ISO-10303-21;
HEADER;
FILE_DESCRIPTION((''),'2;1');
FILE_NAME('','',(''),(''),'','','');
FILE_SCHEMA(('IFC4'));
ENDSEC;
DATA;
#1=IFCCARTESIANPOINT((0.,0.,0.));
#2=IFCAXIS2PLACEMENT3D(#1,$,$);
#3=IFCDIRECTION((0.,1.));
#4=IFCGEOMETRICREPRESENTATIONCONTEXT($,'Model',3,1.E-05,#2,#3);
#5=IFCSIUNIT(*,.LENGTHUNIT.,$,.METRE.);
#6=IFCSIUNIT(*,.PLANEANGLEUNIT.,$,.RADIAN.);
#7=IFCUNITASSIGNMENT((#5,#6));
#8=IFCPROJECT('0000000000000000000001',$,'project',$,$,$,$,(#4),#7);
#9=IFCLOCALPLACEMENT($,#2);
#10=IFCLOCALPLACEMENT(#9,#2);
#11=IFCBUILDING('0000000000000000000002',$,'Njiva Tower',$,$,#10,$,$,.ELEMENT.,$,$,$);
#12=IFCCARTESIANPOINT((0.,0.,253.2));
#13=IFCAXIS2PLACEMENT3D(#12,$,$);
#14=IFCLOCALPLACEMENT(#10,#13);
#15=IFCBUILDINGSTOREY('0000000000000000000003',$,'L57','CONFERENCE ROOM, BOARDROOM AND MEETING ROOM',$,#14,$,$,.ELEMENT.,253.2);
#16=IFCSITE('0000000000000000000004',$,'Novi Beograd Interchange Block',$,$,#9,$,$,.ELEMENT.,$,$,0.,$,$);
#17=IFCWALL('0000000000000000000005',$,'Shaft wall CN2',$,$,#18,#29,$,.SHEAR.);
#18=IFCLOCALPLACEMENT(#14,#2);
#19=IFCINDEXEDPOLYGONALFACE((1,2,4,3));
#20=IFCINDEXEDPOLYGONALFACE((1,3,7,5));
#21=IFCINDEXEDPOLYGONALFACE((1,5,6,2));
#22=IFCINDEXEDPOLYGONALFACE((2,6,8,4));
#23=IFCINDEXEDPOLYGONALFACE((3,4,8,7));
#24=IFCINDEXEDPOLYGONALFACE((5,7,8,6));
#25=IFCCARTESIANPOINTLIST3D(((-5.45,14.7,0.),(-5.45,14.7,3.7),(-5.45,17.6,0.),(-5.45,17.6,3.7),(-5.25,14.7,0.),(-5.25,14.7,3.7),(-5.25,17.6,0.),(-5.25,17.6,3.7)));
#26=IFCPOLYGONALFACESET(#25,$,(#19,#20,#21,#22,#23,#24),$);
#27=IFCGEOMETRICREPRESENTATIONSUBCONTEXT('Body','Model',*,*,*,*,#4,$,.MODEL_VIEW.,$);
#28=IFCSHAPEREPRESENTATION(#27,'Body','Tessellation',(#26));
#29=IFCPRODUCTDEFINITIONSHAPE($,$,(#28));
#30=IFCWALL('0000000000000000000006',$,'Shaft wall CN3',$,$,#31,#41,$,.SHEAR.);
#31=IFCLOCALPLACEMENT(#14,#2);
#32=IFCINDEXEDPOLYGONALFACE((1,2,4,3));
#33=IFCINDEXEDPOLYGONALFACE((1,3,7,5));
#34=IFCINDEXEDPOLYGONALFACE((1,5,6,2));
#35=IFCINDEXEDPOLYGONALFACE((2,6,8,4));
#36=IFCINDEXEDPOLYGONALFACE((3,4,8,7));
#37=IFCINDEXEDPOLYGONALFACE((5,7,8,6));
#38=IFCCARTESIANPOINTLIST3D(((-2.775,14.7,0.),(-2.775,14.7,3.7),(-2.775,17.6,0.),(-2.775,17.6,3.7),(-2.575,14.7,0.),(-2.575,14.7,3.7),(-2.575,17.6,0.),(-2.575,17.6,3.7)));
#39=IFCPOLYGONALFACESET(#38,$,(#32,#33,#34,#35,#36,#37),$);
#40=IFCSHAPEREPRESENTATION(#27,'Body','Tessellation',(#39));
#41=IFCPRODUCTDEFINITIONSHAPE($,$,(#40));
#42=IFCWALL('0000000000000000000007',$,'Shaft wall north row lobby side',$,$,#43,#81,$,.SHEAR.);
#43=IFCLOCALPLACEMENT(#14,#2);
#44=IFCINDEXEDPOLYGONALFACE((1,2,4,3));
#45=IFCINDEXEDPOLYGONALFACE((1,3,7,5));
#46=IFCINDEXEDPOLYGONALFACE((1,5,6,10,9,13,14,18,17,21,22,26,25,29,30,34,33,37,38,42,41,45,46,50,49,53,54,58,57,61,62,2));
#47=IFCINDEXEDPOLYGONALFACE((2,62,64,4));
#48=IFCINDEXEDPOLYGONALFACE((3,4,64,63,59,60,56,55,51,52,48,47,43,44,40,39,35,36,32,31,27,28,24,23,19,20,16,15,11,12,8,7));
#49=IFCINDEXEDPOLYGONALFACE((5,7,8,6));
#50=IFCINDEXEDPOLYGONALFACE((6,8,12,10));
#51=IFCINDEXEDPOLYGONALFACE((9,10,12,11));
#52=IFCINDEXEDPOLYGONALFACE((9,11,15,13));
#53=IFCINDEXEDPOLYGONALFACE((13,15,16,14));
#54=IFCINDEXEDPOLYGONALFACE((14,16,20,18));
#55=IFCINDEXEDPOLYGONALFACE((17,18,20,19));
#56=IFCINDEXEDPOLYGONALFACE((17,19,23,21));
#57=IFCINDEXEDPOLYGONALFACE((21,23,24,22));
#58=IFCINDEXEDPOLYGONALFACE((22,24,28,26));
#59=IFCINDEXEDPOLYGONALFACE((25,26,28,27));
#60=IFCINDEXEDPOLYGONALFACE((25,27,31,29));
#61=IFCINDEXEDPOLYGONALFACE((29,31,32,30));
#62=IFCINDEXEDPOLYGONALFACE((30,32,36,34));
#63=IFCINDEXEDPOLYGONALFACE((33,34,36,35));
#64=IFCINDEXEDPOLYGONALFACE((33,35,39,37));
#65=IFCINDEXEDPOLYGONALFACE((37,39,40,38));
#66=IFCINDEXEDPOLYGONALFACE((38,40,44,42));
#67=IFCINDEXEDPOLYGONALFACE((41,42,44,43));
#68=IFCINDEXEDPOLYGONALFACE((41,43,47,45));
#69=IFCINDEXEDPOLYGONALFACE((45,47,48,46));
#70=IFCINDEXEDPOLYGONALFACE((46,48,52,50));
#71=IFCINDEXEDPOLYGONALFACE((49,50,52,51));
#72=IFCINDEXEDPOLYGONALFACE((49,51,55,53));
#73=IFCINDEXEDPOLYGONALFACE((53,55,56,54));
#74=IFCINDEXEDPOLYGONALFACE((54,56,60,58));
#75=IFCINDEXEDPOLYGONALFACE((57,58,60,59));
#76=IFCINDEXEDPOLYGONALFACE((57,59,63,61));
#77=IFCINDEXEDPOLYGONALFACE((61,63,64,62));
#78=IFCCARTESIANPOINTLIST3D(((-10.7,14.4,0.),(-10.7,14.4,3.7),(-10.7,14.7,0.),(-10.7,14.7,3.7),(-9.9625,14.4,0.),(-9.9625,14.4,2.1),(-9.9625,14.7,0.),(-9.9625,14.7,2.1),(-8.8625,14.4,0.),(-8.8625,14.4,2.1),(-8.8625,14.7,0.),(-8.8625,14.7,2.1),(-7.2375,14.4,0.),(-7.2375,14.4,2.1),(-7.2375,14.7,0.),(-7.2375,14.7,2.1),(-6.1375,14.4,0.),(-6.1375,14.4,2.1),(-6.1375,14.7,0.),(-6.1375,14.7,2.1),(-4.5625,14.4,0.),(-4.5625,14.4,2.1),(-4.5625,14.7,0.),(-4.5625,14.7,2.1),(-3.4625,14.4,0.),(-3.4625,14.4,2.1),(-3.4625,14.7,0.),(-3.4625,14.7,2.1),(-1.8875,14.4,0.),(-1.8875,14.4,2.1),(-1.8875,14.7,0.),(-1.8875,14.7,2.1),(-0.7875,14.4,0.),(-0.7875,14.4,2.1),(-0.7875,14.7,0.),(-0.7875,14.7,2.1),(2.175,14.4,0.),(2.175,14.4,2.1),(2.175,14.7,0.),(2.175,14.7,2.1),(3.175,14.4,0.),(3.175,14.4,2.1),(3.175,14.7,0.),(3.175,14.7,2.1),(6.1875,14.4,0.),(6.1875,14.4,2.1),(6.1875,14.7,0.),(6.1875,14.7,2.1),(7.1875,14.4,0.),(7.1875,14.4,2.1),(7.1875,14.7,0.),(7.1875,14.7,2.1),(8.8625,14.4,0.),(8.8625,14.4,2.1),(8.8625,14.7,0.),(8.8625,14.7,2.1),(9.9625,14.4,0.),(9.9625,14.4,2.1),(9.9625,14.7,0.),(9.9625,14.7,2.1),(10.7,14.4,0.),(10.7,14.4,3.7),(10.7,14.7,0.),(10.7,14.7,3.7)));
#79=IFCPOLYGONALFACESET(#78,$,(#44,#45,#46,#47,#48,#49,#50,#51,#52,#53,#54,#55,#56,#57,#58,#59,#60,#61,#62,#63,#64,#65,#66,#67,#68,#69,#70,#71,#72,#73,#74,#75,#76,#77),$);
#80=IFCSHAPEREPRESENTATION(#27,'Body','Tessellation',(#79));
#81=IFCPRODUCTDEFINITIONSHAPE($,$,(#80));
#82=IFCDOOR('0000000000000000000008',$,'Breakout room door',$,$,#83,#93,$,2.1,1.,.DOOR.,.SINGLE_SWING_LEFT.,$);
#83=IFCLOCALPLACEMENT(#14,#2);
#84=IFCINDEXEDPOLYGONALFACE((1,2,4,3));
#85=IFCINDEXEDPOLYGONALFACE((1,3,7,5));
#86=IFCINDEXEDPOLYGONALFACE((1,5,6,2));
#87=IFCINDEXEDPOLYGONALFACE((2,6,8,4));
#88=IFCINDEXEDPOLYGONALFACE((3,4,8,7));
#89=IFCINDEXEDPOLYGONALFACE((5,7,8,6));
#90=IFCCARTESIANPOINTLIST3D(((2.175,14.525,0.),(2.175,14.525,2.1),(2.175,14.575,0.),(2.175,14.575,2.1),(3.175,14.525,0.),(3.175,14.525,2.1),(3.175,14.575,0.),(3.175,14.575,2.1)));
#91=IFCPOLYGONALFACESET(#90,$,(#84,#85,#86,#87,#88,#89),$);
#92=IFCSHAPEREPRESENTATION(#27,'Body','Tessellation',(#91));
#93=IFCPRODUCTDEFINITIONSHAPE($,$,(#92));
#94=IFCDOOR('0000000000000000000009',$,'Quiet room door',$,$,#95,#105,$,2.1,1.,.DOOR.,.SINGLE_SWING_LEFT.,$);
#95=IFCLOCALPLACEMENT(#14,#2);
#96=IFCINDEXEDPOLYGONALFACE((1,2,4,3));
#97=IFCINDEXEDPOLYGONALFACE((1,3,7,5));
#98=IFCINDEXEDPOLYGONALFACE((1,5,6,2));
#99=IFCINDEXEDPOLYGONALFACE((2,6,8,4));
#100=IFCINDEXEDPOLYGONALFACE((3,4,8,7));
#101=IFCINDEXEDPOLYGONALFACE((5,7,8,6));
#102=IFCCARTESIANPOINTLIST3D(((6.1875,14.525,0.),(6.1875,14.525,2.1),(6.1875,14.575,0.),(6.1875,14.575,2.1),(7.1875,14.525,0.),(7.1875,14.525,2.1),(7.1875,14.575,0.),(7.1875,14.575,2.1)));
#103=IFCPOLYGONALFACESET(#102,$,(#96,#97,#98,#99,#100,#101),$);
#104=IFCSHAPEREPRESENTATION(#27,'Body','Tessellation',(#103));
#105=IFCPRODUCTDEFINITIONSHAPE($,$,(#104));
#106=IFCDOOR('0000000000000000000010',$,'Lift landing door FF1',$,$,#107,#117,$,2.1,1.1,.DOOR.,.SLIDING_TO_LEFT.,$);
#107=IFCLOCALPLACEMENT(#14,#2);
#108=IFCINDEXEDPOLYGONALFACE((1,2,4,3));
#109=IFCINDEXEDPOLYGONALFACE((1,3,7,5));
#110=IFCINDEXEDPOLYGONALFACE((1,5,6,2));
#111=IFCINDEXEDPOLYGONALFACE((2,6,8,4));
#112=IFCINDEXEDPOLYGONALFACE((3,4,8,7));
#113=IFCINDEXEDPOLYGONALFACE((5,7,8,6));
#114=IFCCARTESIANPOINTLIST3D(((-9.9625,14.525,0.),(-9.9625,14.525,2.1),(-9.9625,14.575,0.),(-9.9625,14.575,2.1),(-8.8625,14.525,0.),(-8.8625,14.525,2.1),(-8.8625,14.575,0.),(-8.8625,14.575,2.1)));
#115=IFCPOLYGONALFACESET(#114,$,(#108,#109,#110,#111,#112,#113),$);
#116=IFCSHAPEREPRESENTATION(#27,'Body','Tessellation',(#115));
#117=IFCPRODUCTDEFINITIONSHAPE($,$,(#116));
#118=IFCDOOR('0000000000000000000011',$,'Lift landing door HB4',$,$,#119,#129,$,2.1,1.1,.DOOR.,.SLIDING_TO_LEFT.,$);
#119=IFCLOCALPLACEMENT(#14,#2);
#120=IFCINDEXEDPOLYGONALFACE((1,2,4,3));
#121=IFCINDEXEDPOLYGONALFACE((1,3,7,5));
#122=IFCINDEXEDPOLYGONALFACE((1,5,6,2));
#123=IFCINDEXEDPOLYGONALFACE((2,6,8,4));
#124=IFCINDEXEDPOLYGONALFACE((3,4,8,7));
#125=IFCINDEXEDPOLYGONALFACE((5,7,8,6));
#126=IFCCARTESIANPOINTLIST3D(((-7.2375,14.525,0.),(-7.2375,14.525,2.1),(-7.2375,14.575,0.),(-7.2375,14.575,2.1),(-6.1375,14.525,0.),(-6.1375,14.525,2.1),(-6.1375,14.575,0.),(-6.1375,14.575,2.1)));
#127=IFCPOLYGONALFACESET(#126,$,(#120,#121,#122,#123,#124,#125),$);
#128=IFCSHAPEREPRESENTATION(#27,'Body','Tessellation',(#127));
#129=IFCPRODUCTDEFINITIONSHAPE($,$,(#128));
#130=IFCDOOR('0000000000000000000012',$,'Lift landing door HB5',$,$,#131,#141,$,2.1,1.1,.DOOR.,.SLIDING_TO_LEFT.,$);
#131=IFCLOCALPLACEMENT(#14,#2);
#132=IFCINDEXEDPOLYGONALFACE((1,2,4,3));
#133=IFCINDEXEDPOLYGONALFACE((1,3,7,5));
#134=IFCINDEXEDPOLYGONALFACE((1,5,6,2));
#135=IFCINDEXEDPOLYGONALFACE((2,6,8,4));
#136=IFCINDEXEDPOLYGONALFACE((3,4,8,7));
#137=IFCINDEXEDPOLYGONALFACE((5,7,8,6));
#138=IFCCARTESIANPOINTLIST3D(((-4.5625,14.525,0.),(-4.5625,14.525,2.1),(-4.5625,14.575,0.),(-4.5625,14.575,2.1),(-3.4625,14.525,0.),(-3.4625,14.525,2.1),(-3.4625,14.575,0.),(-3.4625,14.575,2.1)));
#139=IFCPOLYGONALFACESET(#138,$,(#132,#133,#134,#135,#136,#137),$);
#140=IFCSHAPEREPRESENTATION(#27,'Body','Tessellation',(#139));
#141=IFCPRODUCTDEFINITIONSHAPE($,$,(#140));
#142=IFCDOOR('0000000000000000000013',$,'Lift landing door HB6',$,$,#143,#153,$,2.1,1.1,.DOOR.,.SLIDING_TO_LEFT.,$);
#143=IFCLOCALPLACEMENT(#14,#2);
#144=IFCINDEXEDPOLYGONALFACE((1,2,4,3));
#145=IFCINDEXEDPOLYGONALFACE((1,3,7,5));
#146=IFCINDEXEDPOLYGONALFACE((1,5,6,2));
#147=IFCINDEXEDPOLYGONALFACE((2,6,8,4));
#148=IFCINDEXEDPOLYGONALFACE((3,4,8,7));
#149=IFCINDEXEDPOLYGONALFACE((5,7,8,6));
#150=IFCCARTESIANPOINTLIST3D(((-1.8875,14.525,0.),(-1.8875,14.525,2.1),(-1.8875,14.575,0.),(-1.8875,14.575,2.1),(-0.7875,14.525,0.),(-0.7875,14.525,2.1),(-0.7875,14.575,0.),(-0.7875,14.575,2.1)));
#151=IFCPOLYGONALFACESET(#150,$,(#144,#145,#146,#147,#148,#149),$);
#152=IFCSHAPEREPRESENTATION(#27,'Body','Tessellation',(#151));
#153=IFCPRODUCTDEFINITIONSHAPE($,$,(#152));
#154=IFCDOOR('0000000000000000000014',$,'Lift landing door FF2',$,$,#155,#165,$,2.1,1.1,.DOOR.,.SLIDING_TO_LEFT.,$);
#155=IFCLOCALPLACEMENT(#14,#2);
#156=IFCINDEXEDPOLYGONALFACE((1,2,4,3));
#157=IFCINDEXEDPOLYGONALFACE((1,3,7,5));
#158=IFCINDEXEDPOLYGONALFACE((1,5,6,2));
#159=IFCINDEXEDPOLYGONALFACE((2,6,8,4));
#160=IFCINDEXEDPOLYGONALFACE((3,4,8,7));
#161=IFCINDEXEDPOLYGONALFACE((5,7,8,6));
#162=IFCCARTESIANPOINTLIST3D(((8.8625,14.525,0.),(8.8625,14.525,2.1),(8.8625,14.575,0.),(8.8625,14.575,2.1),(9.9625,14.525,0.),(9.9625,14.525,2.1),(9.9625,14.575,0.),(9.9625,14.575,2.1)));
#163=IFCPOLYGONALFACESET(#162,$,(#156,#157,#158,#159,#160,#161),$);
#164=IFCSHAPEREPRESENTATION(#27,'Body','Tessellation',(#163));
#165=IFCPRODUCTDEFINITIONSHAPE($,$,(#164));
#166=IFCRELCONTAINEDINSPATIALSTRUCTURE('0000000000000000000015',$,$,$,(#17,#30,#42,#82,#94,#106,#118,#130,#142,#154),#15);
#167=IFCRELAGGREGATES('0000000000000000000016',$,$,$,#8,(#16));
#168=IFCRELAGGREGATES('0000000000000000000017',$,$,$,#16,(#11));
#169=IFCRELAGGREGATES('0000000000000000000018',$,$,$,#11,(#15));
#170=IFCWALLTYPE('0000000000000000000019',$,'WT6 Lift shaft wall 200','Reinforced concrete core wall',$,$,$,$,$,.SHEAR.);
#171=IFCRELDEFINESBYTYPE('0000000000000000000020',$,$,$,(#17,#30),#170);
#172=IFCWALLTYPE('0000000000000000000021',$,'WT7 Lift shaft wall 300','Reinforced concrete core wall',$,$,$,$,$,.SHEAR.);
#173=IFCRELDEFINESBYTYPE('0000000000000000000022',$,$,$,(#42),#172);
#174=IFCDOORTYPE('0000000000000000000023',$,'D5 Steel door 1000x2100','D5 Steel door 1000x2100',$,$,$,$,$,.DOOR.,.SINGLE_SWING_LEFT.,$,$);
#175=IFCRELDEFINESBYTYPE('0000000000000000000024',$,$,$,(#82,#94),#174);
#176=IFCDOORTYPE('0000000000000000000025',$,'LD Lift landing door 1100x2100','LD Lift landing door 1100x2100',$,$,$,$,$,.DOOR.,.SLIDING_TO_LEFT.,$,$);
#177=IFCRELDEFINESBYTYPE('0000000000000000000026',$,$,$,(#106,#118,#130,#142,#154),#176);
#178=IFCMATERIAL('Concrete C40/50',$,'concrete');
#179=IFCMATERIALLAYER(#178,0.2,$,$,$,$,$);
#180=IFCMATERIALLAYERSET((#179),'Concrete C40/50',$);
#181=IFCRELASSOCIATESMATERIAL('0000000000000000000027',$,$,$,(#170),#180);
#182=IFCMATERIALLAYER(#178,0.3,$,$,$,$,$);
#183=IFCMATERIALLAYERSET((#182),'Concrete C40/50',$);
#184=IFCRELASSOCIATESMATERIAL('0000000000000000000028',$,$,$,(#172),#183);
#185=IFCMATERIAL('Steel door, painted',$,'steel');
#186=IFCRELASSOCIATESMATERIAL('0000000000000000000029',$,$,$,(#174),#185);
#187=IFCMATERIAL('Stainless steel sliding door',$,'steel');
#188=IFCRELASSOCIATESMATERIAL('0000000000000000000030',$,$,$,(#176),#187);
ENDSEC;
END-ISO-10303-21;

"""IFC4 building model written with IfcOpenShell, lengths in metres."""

from ifc_helpers import new_model, si_unit, direction, frame, frame_2d, origin, place, context, subcontext, project, spatial, rectangle, extrude, material, layer, layer_set, type_object, element, fill, save


model = new_model("IFC4")

# Units and contexts
model_context = context("Model", 3, precision=1e-05, world=origin(), true_north=direction((0.0, 1.0)))
body_context = subcontext(model_context, "Body", "Model", "MODEL_VIEW")
ifc_project = project(units=[si_unit("LENGTHUNIT", "METRE"), si_unit("PLANEANGLEUNIT", "RADIAN")], contexts=[model_context])

# Site, building, storey
site_placement = place(None, origin())
site = spatial("IfcSite", under=ifc_project, at=site_placement, Name="Novi Beograd Interchange Block", CompositionType="ELEMENT", RefElevation=0.0)
building_placement = place(site_placement, origin())
building = spatial("IfcBuilding", under=site, at=building_placement, Name="Njiva Tower", CompositionType="ELEMENT")
storey_placement = place(building_placement, frame((0.0, 0.0, 253.2)))
storey = spatial("IfcBuildingStorey", under=building, at=storey_placement, Name="L57", Description="CONFERENCE ROOM, BOARDROOM AND MEETING ROOM", CompositionType="ELEMENT", Elevation=253.2)

# Walls
ifc_material_1 = material(Name="Concrete C40/50", Category="concrete")
ifc_layer_1 = layer(ifc_material_1, 0.2)
ifc_layer_set_1 = layer_set([ifc_layer_1], Name="Concrete C40/50")
wall_type_1 = type_object("IfcWallType", Name="WT6 Lift shaft wall 200", Description="Reinforced concrete core wall", PredefinedType="SHEAR", material=ifc_layer_set_1)
for number, where, z_axis, x_axis, name in (
    (1, (-5.35, 14.7, 0.0), (0.0, 0.0, 1.0), (0.0, 1.0, 0.0), "Shaft wall CN2"),
    (2, (-2.675, 14.7, 0.0), (0.0, 0.0, 1.0), (0.0, 1.0, 0.0), "Shaft wall CN3"),
):
    element("IfcWall", number, at=place(storey_placement, frame(where, z_axis=z_axis, x_axis=x_axis)), inside=storey, type_object=wall_type_1, Name=name, PredefinedType="SHEAR", context=body_context, shape_type="SweptSolid", body=[
        extrude(rectangle(XDim=2.9, YDim=0.2, at=frame_2d((1.45, 0.0))), origin(), (0.0, 0.0, 1.0), 3.7),
    ])

# Wall, openings, doors
ifc_layer_2 = layer(ifc_material_1, 0.3)
ifc_layer_set_2 = layer_set([ifc_layer_2], Name="Concrete C40/50")
wall_type_2 = type_object("IfcWallType", Name="WT7 Lift shaft wall 300", Description="Reinforced concrete core wall", PredefinedType="SHEAR", material=ifc_layer_set_2)
wall_1_placement = place(storey_placement, frame((-10.7, 14.55, 0.0), z_axis=(0.0, 0.0, 1.0), x_axis=(1.0, 0.0, 0.0)))
wall_1 = element("IfcWall", 3, at=wall_1_placement, inside=storey, type_object=wall_type_2, Name="Shaft wall north row lobby side", PredefinedType="SHEAR", context=body_context, shape_type="SweptSolid", body=[
    extrude(rectangle(XDim=21.4, YDim=0.3, at=frame_2d((10.7, 0.0))), origin(), (0.0, 0.0, 1.0), 3.7),
])
opening_1_placement = place(wall_1_placement, frame((0.7375, 0.0, 0.0)))
opening_1 = element("IfcOpeningElement", 4, at=opening_1_placement, cuts=wall_1, PredefinedType="OPENING", context=body_context, shape_type="SweptSolid", body=[
    extrude(rectangle(XDim=1.1, YDim=2.1, at=frame_2d((0.55, 1.05))), frame((0.0, 0.16, 0.0), z_axis=(0.0, -1.0, 0.0), x_axis=(1.0, 0.0, 0.0)), (0.0, 0.0, 1.0), 0.32),
])
opening_2_placement = place(wall_1_placement, frame((3.4625, 0.0, 0.0)))
opening_2 = element("IfcOpeningElement", 5, at=opening_2_placement, cuts=wall_1, PredefinedType="OPENING", context=body_context, shape_type="SweptSolid", body=[
    extrude(rectangle(XDim=1.1, YDim=2.1, at=frame_2d((0.55, 1.05))), frame((0.0, 0.16, 0.0), z_axis=(0.0, -1.0, 0.0), x_axis=(1.0, 0.0, 0.0)), (0.0, 0.0, 1.0), 0.32),
])
opening_3_placement = place(wall_1_placement, frame((6.1375, 0.0, 0.0)))
opening_3 = element("IfcOpeningElement", 6, at=opening_3_placement, cuts=wall_1, PredefinedType="OPENING", context=body_context, shape_type="SweptSolid", body=[
    extrude(rectangle(XDim=1.1, YDim=2.1, at=frame_2d((0.55, 1.05))), frame((0.0, 0.16, 0.0), z_axis=(0.0, -1.0, 0.0), x_axis=(1.0, 0.0, 0.0)), (0.0, 0.0, 1.0), 0.32),
])
opening_4_placement = place(wall_1_placement, frame((8.8125, 0.0, 0.0)))
opening_4 = element("IfcOpeningElement", 7, at=opening_4_placement, cuts=wall_1, PredefinedType="OPENING", context=body_context, shape_type="SweptSolid", body=[
    extrude(rectangle(XDim=1.1, YDim=2.1, at=frame_2d((0.55, 1.05))), frame((0.0, 0.16, 0.0), z_axis=(0.0, -1.0, 0.0), x_axis=(1.0, 0.0, 0.0)), (0.0, 0.0, 1.0), 0.32),
])
opening_5_placement = place(wall_1_placement, frame((19.5625, 0.0, 0.0)))
opening_5 = element("IfcOpeningElement", 8, at=opening_5_placement, cuts=wall_1, PredefinedType="OPENING", context=body_context, shape_type="SweptSolid", body=[
    extrude(rectangle(XDim=1.1, YDim=2.1, at=frame_2d((0.55, 1.05))), frame((0.0, 0.16, 0.0), z_axis=(0.0, -1.0, 0.0), x_axis=(1.0, 0.0, 0.0)), (0.0, 0.0, 1.0), 0.32),
])
opening_6_placement = place(wall_1_placement, frame((12.875, 0.0, 0.0)))
opening_6 = element("IfcOpeningElement", 9, at=opening_6_placement, cuts=wall_1, PredefinedType="OPENING", context=body_context, shape_type="SweptSolid", body=[
    extrude(rectangle(XDim=1.0, YDim=2.1, at=frame_2d((0.5, 1.05))), frame((0.0, 0.16, 0.0), z_axis=(0.0, -1.0, 0.0), x_axis=(1.0, 0.0, 0.0)), (0.0, 0.0, 1.0), 0.32),
])
opening_7_placement = place(wall_1_placement, frame((16.8875, 0.0, 0.0)))
opening_7 = element("IfcOpeningElement", 10, at=opening_7_placement, cuts=wall_1, PredefinedType="OPENING", context=body_context, shape_type="SweptSolid", body=[
    extrude(rectangle(XDim=1.0, YDim=2.1, at=frame_2d((0.5, 1.05))), frame((0.0, 0.16, 0.0), z_axis=(0.0, -1.0, 0.0), x_axis=(1.0, 0.0, 0.0)), (0.0, 0.0, 1.0), 0.32),
])
ifc_material_2 = material(Name="Steel door, painted", Category="steel")
door_type_1 = type_object("IfcDoorType", Name="D5 Steel door 1000x2100", Description="D5 Steel door 1000x2100", OperationType="SINGLE_SWING_LEFT", PredefinedType="DOOR", material=ifc_material_2)
door_1_placement = place(opening_6_placement, origin())
door_1 = element("IfcDoor", 11, at=door_1_placement, inside=storey, type_object=door_type_1, Name="Breakout room door", OperationType="SINGLE_SWING_LEFT", OverallHeight=2.1, OverallWidth=1.0, PredefinedType="DOOR", context=body_context, shape_type="SweptSolid", body=[
    extrude(rectangle(XDim=1.0, YDim=2.1, at=frame_2d((0.5, 1.05))), frame((0.0, 0.025, 0.0), z_axis=(0.0, -1.0, 0.0), x_axis=(1.0, 0.0, 0.0)), (0.0, 0.0, 1.0), 0.05),
])
fill(opening_6, door_1)
door_2_placement = place(opening_7_placement, origin())
door_2 = element("IfcDoor", 12, at=door_2_placement, inside=storey, type_object=door_type_1, Name="Quiet room door", OperationType="SINGLE_SWING_LEFT", OverallHeight=2.1, OverallWidth=1.0, PredefinedType="DOOR", context=body_context, shape_type="SweptSolid", body=[
    extrude(rectangle(XDim=1.0, YDim=2.1, at=frame_2d((0.5, 1.05))), frame((0.0, 0.025, 0.0), z_axis=(0.0, -1.0, 0.0), x_axis=(1.0, 0.0, 0.0)), (0.0, 0.0, 1.0), 0.05),
])
fill(opening_7, door_2)
ifc_material_3 = material(Name="Stainless steel sliding door", Category="steel")
door_type_2 = type_object("IfcDoorType", Name="LD Lift landing door 1100x2100", Description="LD Lift landing door 1100x2100", OperationType="SLIDING_TO_LEFT", PredefinedType="DOOR", material=ifc_material_3)
door_3_placement = place(opening_1_placement, origin())
door_3 = element("IfcDoor", 13, at=door_3_placement, inside=storey, type_object=door_type_2, Name="Lift landing door FF1", OperationType="SLIDING_TO_LEFT", OverallHeight=2.1, OverallWidth=1.1, PredefinedType="DOOR", context=body_context, shape_type="SweptSolid", body=[
    extrude(rectangle(XDim=1.1, YDim=2.1, at=frame_2d((0.55, 1.05))), frame((0.0, 0.025, 0.0), z_axis=(0.0, -1.0, 0.0), x_axis=(1.0, 0.0, 0.0)), (0.0, 0.0, 1.0), 0.05),
])
fill(opening_1, door_3)
door_4_placement = place(opening_2_placement, origin())
door_4 = element("IfcDoor", 14, at=door_4_placement, inside=storey, type_object=door_type_2, Name="Lift landing door HB4", OperationType="SLIDING_TO_LEFT", OverallHeight=2.1, OverallWidth=1.1, PredefinedType="DOOR", context=body_context, shape_type="SweptSolid", body=[
    extrude(rectangle(XDim=1.1, YDim=2.1, at=frame_2d((0.55, 1.05))), frame((0.0, 0.025, 0.0), z_axis=(0.0, -1.0, 0.0), x_axis=(1.0, 0.0, 0.0)), (0.0, 0.0, 1.0), 0.05),
])
fill(opening_2, door_4)
door_5_placement = place(opening_3_placement, origin())
door_5 = element("IfcDoor", 15, at=door_5_placement, inside=storey, type_object=door_type_2, Name="Lift landing door HB5", OperationType="SLIDING_TO_LEFT", OverallHeight=2.1, OverallWidth=1.1, PredefinedType="DOOR", context=body_context, shape_type="SweptSolid", body=[
    extrude(rectangle(XDim=1.1, YDim=2.1, at=frame_2d((0.55, 1.05))), frame((0.0, 0.025, 0.0), z_axis=(0.0, -1.0, 0.0), x_axis=(1.0, 0.0, 0.0)), (0.0, 0.0, 1.0), 0.05),
])
fill(opening_3, door_5)
door_6_placement = place(opening_4_placement, origin())
door_6 = element("IfcDoor", 16, at=door_6_placement, inside=storey, type_object=door_type_2, Name="Lift landing door HB6", OperationType="SLIDING_TO_LEFT", OverallHeight=2.1, OverallWidth=1.1, PredefinedType="DOOR", context=body_context, shape_type="SweptSolid", body=[
    extrude(rectangle(XDim=1.1, YDim=2.1, at=frame_2d((0.55, 1.05))), frame((0.0, 0.025, 0.0), z_axis=(0.0, -1.0, 0.0), x_axis=(1.0, 0.0, 0.0)), (0.0, 0.0, 1.0), 0.05),
])
fill(opening_4, door_6)
door_7_placement = place(opening_5_placement, origin())
door_7 = element("IfcDoor", 17, at=door_7_placement, inside=storey, type_object=door_type_2, Name="Lift landing door FF2", OperationType="SLIDING_TO_LEFT", OverallHeight=2.1, OverallWidth=1.1, PredefinedType="DOOR", context=body_context, shape_type="SweptSolid", body=[
    extrude(rectangle(XDim=1.1, YDim=2.1, at=frame_2d((0.55, 1.05))), frame((0.0, 0.025, 0.0), z_axis=(0.0, -1.0, 0.0), x_axis=(1.0, 0.0, 0.0)), (0.0, 0.0, 1.0), 0.05),
])
fill(opening_5, door_7)

save(model, "model.ifc")
